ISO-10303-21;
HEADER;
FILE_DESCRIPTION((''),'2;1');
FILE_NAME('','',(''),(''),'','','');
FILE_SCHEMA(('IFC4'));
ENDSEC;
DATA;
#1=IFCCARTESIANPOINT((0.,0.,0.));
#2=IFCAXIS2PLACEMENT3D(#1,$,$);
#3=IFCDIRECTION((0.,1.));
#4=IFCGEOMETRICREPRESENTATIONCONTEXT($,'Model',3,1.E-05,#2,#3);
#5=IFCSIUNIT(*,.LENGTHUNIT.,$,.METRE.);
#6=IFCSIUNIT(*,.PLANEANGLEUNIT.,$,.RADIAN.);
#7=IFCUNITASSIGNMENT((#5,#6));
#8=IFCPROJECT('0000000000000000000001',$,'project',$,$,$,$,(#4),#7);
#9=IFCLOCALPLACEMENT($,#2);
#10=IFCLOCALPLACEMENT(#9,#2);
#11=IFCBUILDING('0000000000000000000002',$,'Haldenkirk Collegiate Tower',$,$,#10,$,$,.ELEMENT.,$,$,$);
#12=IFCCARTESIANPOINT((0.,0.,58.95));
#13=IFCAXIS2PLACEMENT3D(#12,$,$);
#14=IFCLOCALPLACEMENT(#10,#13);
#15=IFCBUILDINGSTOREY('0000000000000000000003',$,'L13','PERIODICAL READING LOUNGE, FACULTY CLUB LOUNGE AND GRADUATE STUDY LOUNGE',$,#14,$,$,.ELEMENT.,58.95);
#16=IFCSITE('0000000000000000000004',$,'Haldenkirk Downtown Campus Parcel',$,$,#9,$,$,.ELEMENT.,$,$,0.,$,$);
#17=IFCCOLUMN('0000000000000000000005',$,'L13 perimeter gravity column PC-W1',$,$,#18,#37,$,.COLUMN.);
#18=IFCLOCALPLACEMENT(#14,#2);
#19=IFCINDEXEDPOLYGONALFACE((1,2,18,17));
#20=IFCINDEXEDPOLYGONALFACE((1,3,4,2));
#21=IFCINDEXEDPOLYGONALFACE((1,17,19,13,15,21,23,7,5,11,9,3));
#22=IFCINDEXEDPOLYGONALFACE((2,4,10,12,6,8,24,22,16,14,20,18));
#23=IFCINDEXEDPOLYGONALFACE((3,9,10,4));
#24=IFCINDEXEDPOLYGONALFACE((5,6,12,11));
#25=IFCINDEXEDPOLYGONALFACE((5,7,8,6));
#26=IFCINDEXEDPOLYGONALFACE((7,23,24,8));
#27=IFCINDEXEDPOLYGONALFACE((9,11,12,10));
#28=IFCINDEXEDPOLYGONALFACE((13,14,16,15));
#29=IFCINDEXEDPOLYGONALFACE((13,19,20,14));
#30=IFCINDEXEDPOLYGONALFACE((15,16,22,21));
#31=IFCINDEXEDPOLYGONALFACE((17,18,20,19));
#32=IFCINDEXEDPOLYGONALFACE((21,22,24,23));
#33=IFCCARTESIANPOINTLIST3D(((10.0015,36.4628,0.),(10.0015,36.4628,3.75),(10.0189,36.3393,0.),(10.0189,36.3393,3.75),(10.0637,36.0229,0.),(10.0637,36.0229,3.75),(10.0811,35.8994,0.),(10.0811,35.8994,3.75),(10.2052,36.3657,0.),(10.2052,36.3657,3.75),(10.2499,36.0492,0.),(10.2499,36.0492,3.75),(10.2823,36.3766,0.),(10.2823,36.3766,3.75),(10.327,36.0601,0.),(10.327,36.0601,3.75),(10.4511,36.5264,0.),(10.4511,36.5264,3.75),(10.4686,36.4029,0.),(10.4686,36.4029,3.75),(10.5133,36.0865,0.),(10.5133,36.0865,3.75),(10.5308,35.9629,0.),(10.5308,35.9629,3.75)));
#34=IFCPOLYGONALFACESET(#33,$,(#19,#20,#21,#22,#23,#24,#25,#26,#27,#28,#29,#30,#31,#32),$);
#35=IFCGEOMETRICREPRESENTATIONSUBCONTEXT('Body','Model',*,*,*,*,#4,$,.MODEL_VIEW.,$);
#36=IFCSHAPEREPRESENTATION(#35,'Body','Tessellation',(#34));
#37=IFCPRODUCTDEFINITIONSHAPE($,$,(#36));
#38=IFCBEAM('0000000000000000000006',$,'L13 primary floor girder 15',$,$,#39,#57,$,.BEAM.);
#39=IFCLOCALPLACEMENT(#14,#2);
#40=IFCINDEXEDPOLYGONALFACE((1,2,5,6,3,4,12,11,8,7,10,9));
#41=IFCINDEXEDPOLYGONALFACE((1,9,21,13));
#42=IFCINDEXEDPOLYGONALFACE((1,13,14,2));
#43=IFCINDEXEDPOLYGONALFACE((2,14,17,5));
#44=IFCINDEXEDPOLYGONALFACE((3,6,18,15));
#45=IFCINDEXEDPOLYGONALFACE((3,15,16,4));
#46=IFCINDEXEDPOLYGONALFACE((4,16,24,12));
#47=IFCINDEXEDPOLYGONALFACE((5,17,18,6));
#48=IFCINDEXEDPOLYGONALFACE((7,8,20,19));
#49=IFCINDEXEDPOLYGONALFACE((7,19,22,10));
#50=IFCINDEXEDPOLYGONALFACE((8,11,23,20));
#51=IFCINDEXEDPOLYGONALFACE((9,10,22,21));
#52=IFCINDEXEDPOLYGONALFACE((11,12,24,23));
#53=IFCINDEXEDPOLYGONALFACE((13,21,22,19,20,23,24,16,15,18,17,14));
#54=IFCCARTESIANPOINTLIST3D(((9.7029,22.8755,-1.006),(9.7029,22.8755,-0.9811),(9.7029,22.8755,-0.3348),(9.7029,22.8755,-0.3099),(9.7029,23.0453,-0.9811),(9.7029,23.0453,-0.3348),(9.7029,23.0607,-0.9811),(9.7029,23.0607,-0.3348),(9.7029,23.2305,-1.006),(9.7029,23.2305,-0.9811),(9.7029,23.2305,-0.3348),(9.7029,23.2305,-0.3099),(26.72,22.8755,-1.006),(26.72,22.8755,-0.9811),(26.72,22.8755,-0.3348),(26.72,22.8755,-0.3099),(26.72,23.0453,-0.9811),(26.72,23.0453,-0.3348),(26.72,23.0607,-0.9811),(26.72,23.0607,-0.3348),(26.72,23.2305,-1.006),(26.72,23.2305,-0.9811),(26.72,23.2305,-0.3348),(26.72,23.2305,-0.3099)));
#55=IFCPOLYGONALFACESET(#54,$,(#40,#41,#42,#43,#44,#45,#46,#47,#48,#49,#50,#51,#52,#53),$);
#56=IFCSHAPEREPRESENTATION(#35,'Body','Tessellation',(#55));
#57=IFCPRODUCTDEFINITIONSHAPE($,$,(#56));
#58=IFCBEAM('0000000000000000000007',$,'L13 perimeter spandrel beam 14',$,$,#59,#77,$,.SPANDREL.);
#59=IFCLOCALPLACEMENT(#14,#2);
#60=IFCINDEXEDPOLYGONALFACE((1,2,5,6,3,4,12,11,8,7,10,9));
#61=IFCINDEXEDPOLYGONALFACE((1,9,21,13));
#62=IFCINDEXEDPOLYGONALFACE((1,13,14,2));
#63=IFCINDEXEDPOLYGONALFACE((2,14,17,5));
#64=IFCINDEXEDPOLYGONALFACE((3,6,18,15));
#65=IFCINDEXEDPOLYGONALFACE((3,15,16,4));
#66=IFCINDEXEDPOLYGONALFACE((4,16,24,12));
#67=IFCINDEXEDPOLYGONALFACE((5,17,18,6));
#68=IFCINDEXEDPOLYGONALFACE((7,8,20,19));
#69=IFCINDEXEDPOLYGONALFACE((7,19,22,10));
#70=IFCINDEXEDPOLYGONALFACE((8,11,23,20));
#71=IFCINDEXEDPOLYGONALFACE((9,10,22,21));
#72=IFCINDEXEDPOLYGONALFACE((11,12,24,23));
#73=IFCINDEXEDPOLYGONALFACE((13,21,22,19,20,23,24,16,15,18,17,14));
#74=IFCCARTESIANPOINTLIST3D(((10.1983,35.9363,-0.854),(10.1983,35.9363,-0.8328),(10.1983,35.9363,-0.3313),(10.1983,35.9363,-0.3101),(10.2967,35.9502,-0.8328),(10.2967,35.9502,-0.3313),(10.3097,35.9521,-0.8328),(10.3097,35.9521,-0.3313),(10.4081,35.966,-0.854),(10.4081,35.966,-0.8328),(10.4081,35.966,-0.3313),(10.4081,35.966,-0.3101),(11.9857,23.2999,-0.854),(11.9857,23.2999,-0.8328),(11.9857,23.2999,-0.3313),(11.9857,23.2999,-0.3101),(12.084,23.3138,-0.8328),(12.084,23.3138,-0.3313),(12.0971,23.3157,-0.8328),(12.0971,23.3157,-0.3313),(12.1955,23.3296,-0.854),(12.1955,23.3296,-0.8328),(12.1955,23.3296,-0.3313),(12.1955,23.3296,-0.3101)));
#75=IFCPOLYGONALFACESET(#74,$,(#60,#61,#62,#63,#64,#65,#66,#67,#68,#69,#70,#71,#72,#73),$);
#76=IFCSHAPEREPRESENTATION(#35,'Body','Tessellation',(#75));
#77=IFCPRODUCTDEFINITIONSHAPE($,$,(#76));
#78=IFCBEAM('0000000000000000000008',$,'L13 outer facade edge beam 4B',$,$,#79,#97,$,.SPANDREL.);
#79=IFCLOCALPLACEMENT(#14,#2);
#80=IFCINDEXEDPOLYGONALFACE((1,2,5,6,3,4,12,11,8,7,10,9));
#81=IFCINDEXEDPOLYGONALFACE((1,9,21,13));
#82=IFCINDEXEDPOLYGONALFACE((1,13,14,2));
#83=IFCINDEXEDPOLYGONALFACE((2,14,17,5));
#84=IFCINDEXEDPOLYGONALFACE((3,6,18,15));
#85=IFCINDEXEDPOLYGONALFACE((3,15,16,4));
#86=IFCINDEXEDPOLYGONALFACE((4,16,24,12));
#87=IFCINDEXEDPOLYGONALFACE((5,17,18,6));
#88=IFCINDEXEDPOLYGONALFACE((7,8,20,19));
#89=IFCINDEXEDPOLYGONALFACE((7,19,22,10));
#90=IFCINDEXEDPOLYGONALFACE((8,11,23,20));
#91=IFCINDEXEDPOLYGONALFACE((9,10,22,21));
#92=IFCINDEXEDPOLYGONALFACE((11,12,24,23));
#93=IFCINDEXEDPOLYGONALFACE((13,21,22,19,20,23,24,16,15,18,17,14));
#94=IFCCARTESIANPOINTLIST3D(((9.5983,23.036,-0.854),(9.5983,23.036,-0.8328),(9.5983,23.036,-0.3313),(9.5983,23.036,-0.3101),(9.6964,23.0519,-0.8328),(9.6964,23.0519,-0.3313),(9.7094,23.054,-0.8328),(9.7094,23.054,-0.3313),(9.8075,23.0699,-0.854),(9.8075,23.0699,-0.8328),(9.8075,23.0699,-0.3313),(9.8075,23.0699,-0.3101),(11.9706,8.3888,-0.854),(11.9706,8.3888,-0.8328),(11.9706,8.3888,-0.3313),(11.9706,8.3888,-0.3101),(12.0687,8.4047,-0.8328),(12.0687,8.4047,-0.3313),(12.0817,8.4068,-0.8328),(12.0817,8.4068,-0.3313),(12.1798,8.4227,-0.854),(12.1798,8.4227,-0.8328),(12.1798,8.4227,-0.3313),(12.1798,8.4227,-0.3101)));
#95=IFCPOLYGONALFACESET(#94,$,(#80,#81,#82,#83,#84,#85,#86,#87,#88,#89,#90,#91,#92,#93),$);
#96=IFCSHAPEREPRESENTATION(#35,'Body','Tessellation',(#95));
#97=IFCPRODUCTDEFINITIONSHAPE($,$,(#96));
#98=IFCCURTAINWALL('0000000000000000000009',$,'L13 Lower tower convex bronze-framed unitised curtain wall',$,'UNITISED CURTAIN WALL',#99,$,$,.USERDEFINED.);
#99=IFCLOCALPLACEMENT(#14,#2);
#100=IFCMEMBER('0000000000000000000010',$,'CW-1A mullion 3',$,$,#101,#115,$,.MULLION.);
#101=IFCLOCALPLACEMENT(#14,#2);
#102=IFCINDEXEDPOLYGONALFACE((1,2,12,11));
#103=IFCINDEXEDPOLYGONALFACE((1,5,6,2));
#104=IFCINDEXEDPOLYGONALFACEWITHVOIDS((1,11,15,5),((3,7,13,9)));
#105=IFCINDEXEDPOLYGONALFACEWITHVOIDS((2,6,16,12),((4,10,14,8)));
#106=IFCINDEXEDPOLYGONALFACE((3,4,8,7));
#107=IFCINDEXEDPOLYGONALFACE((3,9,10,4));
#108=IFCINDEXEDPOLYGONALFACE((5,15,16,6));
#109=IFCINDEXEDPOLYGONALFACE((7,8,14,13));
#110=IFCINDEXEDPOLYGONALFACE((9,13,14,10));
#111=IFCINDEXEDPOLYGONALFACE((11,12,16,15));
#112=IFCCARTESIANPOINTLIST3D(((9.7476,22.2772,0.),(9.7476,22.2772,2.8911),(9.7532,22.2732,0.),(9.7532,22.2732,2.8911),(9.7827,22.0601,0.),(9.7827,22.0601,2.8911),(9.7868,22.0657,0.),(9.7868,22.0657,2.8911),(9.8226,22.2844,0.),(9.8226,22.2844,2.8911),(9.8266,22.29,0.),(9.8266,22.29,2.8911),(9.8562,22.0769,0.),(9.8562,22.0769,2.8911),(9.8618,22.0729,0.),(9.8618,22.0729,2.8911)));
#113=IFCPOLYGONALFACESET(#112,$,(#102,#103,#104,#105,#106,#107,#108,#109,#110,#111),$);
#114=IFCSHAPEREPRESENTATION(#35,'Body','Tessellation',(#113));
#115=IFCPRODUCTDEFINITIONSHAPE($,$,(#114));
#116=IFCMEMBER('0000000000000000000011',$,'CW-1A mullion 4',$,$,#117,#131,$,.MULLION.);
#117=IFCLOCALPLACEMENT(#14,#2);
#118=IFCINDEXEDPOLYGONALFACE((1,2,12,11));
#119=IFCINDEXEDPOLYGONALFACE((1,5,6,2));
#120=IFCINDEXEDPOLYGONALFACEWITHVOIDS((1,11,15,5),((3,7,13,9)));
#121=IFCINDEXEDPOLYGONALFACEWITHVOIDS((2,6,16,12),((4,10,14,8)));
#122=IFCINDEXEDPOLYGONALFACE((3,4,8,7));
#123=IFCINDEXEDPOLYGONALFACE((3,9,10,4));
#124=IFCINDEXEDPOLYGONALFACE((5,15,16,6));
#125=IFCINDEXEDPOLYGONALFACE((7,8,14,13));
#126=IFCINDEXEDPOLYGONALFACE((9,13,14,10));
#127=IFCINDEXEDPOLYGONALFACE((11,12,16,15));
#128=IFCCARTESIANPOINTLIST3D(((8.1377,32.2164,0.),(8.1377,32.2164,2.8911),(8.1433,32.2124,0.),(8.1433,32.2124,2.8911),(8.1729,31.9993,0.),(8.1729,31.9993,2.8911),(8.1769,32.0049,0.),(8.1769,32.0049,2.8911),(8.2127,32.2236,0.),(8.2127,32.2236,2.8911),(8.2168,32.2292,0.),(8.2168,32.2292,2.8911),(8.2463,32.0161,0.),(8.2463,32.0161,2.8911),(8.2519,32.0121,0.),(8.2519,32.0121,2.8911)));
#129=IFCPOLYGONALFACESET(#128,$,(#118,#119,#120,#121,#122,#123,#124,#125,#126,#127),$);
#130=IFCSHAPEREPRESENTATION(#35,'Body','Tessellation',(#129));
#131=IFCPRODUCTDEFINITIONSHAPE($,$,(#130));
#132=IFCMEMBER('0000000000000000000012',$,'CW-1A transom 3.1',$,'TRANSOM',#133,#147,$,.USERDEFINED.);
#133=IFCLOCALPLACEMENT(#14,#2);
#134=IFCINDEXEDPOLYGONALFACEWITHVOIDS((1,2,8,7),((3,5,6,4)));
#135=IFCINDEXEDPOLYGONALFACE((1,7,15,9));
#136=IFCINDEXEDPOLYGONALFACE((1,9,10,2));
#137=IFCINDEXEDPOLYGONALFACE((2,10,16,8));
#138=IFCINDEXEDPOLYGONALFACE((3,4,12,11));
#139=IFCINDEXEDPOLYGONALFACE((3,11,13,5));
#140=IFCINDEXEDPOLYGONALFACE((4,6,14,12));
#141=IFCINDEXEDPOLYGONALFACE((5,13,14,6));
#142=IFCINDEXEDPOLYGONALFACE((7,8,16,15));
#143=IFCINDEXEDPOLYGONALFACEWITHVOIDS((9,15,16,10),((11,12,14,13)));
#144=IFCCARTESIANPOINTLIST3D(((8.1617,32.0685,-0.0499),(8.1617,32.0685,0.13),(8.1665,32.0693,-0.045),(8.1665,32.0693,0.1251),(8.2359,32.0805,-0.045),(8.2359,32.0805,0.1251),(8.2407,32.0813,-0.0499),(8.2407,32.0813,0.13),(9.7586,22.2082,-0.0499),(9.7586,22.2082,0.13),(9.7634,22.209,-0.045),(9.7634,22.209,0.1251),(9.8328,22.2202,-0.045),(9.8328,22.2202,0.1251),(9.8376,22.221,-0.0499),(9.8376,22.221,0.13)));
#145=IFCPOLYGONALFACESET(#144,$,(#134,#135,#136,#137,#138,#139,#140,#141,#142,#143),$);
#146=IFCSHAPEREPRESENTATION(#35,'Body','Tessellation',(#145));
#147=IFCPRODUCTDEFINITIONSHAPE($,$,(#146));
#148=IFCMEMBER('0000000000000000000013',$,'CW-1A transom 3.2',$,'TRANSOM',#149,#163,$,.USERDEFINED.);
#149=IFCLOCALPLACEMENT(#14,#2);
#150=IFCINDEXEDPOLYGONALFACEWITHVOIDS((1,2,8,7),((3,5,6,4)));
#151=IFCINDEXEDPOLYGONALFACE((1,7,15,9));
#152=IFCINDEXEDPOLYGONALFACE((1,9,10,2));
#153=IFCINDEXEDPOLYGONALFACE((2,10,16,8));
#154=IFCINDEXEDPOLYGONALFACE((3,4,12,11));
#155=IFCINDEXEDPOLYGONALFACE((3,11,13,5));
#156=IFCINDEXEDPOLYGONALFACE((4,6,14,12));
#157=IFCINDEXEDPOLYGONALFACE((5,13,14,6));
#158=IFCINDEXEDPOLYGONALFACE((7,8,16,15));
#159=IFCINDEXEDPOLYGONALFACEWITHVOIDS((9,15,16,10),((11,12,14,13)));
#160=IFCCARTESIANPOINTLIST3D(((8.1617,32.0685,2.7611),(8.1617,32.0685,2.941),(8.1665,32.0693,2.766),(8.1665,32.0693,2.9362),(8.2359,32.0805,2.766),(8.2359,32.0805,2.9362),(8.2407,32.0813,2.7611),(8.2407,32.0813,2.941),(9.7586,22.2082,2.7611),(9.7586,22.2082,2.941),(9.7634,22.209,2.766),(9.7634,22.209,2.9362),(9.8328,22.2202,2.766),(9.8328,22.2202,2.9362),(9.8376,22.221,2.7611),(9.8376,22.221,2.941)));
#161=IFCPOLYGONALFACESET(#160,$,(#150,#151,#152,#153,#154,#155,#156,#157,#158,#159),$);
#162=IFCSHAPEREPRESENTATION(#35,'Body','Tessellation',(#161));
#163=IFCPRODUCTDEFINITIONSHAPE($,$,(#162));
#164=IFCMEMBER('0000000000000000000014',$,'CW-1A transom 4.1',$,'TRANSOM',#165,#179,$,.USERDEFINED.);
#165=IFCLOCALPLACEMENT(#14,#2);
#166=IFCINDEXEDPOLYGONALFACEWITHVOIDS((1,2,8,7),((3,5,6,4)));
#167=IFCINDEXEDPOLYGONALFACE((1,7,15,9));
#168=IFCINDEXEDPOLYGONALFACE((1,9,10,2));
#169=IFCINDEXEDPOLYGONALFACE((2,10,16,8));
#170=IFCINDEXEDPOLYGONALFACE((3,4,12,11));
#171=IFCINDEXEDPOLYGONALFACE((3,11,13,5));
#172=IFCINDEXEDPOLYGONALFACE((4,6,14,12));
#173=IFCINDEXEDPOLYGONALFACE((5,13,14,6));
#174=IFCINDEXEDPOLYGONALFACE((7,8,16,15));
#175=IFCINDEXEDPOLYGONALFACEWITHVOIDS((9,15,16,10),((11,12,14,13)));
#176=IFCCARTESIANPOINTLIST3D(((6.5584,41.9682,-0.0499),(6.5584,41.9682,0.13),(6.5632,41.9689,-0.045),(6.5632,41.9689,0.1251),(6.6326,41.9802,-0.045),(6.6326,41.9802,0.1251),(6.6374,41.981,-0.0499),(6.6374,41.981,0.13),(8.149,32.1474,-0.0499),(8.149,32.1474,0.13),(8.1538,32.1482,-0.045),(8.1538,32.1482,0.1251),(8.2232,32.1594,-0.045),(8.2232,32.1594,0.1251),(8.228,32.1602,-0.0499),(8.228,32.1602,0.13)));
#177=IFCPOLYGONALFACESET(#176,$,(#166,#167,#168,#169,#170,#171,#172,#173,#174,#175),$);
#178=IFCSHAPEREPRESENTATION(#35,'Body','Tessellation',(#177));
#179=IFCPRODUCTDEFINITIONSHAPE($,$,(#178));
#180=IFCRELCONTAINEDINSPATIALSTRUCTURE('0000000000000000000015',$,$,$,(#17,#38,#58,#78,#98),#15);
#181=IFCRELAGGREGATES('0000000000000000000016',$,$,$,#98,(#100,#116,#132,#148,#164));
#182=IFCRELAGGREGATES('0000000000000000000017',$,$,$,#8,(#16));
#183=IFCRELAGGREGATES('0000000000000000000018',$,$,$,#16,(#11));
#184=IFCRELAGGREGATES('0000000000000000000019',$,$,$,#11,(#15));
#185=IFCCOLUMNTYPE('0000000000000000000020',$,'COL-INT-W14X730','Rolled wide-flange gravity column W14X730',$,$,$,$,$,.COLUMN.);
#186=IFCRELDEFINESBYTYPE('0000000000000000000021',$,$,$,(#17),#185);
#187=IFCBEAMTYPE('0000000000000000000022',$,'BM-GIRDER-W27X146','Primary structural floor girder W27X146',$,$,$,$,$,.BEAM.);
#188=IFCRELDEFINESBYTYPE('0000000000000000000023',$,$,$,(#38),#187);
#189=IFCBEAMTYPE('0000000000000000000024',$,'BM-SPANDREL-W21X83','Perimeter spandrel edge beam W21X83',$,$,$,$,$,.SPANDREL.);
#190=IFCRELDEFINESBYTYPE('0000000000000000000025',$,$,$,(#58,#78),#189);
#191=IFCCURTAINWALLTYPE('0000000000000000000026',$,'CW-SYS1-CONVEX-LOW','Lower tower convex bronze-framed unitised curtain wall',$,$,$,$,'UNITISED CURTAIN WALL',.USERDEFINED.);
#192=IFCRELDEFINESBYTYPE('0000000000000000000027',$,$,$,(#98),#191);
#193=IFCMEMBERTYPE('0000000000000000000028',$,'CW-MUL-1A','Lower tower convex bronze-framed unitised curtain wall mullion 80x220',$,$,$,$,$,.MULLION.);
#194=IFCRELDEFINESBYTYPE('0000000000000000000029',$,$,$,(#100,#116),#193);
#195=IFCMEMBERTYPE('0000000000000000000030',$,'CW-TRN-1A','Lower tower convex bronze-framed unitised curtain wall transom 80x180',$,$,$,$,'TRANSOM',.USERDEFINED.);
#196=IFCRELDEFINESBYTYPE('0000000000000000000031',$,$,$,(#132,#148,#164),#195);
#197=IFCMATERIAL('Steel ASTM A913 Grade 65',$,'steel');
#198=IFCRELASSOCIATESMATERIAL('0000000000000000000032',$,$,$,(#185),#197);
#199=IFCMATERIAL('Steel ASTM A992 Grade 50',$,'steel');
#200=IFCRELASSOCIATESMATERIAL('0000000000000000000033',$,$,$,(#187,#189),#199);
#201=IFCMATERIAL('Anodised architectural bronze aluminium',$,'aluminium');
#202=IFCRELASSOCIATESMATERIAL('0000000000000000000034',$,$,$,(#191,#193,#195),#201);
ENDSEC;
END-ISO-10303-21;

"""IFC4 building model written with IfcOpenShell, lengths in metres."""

from ifc_helpers import new_model, si_unit, direction, frame, origin, origin_2d, place, context, subcontext, project, spatial, hollow_rectangle, i_section, extrude, material, material_profile, profile_set, type_object, element, aggregate, save


model = new_model("IFC4")

# Units and contexts
model_context = context("Model", 3, precision=1e-05, world=origin(), true_north=direction((0.0, 1.0)))
body_context = subcontext(model_context, "Body", "Model", "MODEL_VIEW")
ifc_project = project(units=[si_unit("LENGTHUNIT", "METRE"), si_unit("PLANEANGLEUNIT", "RADIAN")], contexts=[model_context])

# Site, building, storey
site_placement = place(None, origin())
site = spatial("IfcSite", under=ifc_project, at=site_placement, Name="Haldenkirk Downtown Campus Parcel", CompositionType="ELEMENT", RefElevation=0.0)
building_placement = place(site_placement, origin())
building = spatial("IfcBuilding", under=site, at=building_placement, Name="Haldenkirk Collegiate Tower", CompositionType="ELEMENT")
storey_placement = place(building_placement, frame((0.0, 0.0, 58.95)))
storey = spatial("IfcBuildingStorey", under=building, at=storey_placement, Name="L13", Description="PERIODICAL READING LOUNGE, FACULTY CLUB LOUNGE AND GRADUATE STUDY LOUNGE", CompositionType="ELEMENT", Elevation=58.95)

# Column
ifc_material_1 = material(Name="Steel ASTM A913 Grade 65", Category="steel")
ifc_material_profile_1 = material_profile(ifc_material_1, i_section(OverallWidth=0.4541, OverallDepth=0.5691, WebThickness=0.0779, FlangeThickness=0.1248, at=origin_2d()), Name="W14X730")
ifc_profile_set_1 = profile_set([ifc_material_profile_1], Name="Steel ASTM A913 Grade 65")
column_type = type_object("IfcColumnType", Name="COL-INT-W14X730", Description="Rolled wide-flange gravity column W14X730", PredefinedType="COLUMN", material=ifc_profile_set_1)
column_placement = place(storey_placement, frame((10.2661, 36.2129, 0.0), z_axis=(0.0, 0.0, 1.0), x_axis=(0.990146, 0.140037, 0.0)))
element("IfcColumn", 1, at=column_placement, inside=storey, type_object=column_type, Name="L13 perimeter gravity column PC-W1", PredefinedType="COLUMN", context=body_context, shape_type="SweptSolid", body=[
    extrude(i_section(OverallWidth=0.4541, OverallDepth=0.5691, WebThickness=0.0779, FlangeThickness=0.1248, at=origin_2d()), origin(), (0.0, 0.0, 1.0), 3.75),
])

# Beams
ifc_material_2 = material(Name="Steel ASTM A992 Grade 50", Category="steel")
ifc_material_profile_2 = material_profile(ifc_material_2, i_section(OverallWidth=0.355, OverallDepth=0.696, WebThickness=0.0154, FlangeThickness=0.0249, at=origin_2d()), Name="W27X146")
ifc_profile_set_2 = profile_set([ifc_material_profile_2], Name="Steel ASTM A992 Grade 50")
beam_type_1 = type_object("IfcBeamType", Name="BM-GIRDER-W27X146", Description="Primary structural floor girder W27X146", PredefinedType="BEAM", material=ifc_profile_set_2)
beam_1_placement = place(storey_placement, frame((9.7029, 23.053, -0.658), z_axis=(1.0, 0.0, 0.0), x_axis=(0.0, 1.0, 0.0)))
element("IfcBeam", 2, at=beam_1_placement, inside=storey, type_object=beam_type_1, Name="L13 primary floor girder 15", PredefinedType="BEAM", context=body_context, shape_type="SweptSolid", body=[
    extrude(i_section(OverallWidth=0.355, OverallDepth=0.696, WebThickness=0.0154, FlangeThickness=0.0249, at=origin_2d()), origin(), (0.0, 0.0, 1.0), 17.0171),
])
ifc_material_profile_3 = material_profile(ifc_material_2, i_section(OverallWidth=0.2119, OverallDepth=0.5439, WebThickness=0.0132, FlangeThickness=0.0212, at=origin_2d()), Name="W21X83")
ifc_profile_set_3 = profile_set([ifc_material_profile_3], Name="Steel ASTM A992 Grade 50")
beam_type_2 = type_object("IfcBeamType", Name="BM-SPANDREL-W21X83", Description="Perimeter spandrel edge beam W21X83", PredefinedType="SPANDREL", material=ifc_profile_set_3)
beam_2_placement = place(storey_placement, frame((10.3032, 35.9512, -0.582), z_axis=(0.14005, -0.990144, 0.0), x_axis=(0.990144, 0.14005, 0.0)))
element("IfcBeam", 3, at=beam_2_placement, inside=storey, type_object=beam_type_2, Name="L13 perimeter spandrel beam 14", PredefinedType="SPANDREL", context=body_context, shape_type="SweptSolid", body=[
    extrude(i_section(OverallWidth=0.2119, OverallDepth=0.5439, WebThickness=0.0132, FlangeThickness=0.0212, at=origin_2d()), origin(), (0.0, 0.0, 1.0), 12.7622),
])
beam_3_placement = place(storey_placement, frame((9.7029, 23.053, -0.582), z_axis=(0.15988, -0.987136, 0.0), x_axis=(0.987136, 0.15988, 0.0)))
element("IfcBeam", 4, at=beam_3_placement, inside=storey, type_object=beam_type_2, Name="L13 outer facade edge beam 4B", PredefinedType="SPANDREL", context=body_context, shape_type="SweptSolid", body=[
    extrude(i_section(OverallWidth=0.2119, OverallDepth=0.5439, WebThickness=0.0132, FlangeThickness=0.0212, at=origin_2d()), origin(), (0.0, 0.0, 1.0), 14.8381),
])

# Curtain wall, members
ifc_material_3 = material(Name="Anodised architectural bronze aluminium", Category="aluminium")
curtain_wall_type = type_object("IfcCurtainWallType", Name="CW-SYS1-CONVEX-LOW", Description="Lower tower convex bronze-framed unitised curtain wall", ElementType="UNITISED CURTAIN WALL", PredefinedType="USERDEFINED", material=ifc_material_3)
curtain_wall_placement = place(storey_placement, origin())
curtain_wall = element("IfcCurtainWall", 5, at=curtain_wall_placement, inside=storey, type_object=curtain_wall_type, Name="L13 Lower tower convex bronze-framed unitised curtain wall", ObjectType="UNITISED CURTAIN WALL", PredefinedType="USERDEFINED")
ifc_material_profile_4 = material_profile(ifc_material_3, hollow_rectangle(XDim=0.0801, YDim=0.22, WallThickness=0.0049, at=origin_2d()), Name="CW-MUL-1A")
ifc_profile_set_4 = profile_set([ifc_material_profile_4], Name="Anodised architectural bronze aluminium")
member_type_1 = type_object("IfcMemberType", Name="CW-MUL-1A", Description="Lower tower convex bronze-framed unitised curtain wall mullion 80x220", PredefinedType="MULLION", material=ifc_profile_set_4)
member_1_placement = place(storey_placement, frame((9.8047, 22.175, 0.0), z_axis=(0.0, 0.0, 1.0), x_axis=(-0.987136, -0.159881, 0.0)))
member_1 = element("IfcMember", 6, at=member_1_placement, type_object=member_type_1, Name="CW-1A mullion 3", PredefinedType="MULLION", context=body_context, shape_type="SweptSolid", body=[
    extrude(hollow_rectangle(XDim=0.0801, YDim=0.22, WallThickness=0.0049, at=origin_2d()), origin(), (0.0, 0.0, 1.0), 2.8911),
])
member_2_placement = place(storey_placement, frame((8.1948, 32.1143, 0.0), z_axis=(0.0, 0.0, 1.0), x_axis=(-0.987136, -0.159881, 0.0)))
member_2 = element("IfcMember", 7, at=member_2_placement, type_object=member_type_1, Name="CW-1A mullion 4", PredefinedType="MULLION", context=body_context, shape_type="SweptSolid", body=[
    extrude(hollow_rectangle(XDim=0.0801, YDim=0.22, WallThickness=0.0049, at=origin_2d()), origin(), (0.0, 0.0, 1.0), 2.8911),
])
ifc_material_profile_5 = material_profile(ifc_material_3, hollow_rectangle(XDim=0.0801, YDim=0.1799, WallThickness=0.0049, at=origin_2d()), Name="CW-TRN-1A")
ifc_profile_set_5 = profile_set([ifc_material_profile_5], Name="Anodised architectural bronze aluminium")
member_type_2 = type_object("IfcMemberType", Name="CW-TRN-1A", Description="Lower tower convex bronze-framed unitised curtain wall transom 80x180", ElementType="TRANSOM", PredefinedType="USERDEFINED", material=ifc_profile_set_5)
member_3_placement = place(storey_placement, frame((9.7981, 22.2146, 0.04), z_axis=(-0.159871, 0.987138, 0.0), x_axis=(-0.987138, -0.159871, 0.0)))
member_3 = element("IfcMember", 8, at=member_3_placement, type_object=member_type_2, Name="CW-1A transom 3.1", ObjectType="TRANSOM", PredefinedType="USERDEFINED", context=body_context, shape_type="SweptSolid", body=[
    extrude(hollow_rectangle(XDim=0.0801, YDim=0.1799, WallThickness=0.0049, at=origin_2d()), origin(), (0.0, 0.0, 1.0), 9.9888),
])
member_4_placement = place(storey_placement, frame((9.7981, 22.2146, 2.8511), z_axis=(-0.159871, 0.987138, 0.0), x_axis=(-0.987138, -0.159871, 0.0)))
member_4 = element("IfcMember", 9, at=member_4_placement, type_object=member_type_2, Name="CW-1A transom 3.2", ObjectType="TRANSOM", PredefinedType="USERDEFINED", context=body_context, shape_type="SweptSolid", body=[
    extrude(hollow_rectangle(XDim=0.0801, YDim=0.1799, WallThickness=0.0049, at=origin_2d()), origin(), (0.0, 0.0, 1.0), 9.9888),
])
member_5_placement = place(storey_placement, frame((8.1885, 32.1538, 0.04), z_axis=(-0.159877, 0.987137, 0.0), x_axis=(-0.987137, -0.159877, 0.0)))
member_5 = element("IfcMember", 10, at=member_5_placement, type_object=member_type_2, Name="CW-1A transom 4.1", ObjectType="TRANSOM", PredefinedType="USERDEFINED", context=body_context, shape_type="SweptSolid", body=[
    extrude(hollow_rectangle(XDim=0.0801, YDim=0.1799, WallThickness=0.0049, at=origin_2d()), origin(), (0.0, 0.0, 1.0), 9.9487),
])

aggregate(curtain_wall, [member_1, member_2, member_3, member_4, member_5])

save(model, "model.ifc")
